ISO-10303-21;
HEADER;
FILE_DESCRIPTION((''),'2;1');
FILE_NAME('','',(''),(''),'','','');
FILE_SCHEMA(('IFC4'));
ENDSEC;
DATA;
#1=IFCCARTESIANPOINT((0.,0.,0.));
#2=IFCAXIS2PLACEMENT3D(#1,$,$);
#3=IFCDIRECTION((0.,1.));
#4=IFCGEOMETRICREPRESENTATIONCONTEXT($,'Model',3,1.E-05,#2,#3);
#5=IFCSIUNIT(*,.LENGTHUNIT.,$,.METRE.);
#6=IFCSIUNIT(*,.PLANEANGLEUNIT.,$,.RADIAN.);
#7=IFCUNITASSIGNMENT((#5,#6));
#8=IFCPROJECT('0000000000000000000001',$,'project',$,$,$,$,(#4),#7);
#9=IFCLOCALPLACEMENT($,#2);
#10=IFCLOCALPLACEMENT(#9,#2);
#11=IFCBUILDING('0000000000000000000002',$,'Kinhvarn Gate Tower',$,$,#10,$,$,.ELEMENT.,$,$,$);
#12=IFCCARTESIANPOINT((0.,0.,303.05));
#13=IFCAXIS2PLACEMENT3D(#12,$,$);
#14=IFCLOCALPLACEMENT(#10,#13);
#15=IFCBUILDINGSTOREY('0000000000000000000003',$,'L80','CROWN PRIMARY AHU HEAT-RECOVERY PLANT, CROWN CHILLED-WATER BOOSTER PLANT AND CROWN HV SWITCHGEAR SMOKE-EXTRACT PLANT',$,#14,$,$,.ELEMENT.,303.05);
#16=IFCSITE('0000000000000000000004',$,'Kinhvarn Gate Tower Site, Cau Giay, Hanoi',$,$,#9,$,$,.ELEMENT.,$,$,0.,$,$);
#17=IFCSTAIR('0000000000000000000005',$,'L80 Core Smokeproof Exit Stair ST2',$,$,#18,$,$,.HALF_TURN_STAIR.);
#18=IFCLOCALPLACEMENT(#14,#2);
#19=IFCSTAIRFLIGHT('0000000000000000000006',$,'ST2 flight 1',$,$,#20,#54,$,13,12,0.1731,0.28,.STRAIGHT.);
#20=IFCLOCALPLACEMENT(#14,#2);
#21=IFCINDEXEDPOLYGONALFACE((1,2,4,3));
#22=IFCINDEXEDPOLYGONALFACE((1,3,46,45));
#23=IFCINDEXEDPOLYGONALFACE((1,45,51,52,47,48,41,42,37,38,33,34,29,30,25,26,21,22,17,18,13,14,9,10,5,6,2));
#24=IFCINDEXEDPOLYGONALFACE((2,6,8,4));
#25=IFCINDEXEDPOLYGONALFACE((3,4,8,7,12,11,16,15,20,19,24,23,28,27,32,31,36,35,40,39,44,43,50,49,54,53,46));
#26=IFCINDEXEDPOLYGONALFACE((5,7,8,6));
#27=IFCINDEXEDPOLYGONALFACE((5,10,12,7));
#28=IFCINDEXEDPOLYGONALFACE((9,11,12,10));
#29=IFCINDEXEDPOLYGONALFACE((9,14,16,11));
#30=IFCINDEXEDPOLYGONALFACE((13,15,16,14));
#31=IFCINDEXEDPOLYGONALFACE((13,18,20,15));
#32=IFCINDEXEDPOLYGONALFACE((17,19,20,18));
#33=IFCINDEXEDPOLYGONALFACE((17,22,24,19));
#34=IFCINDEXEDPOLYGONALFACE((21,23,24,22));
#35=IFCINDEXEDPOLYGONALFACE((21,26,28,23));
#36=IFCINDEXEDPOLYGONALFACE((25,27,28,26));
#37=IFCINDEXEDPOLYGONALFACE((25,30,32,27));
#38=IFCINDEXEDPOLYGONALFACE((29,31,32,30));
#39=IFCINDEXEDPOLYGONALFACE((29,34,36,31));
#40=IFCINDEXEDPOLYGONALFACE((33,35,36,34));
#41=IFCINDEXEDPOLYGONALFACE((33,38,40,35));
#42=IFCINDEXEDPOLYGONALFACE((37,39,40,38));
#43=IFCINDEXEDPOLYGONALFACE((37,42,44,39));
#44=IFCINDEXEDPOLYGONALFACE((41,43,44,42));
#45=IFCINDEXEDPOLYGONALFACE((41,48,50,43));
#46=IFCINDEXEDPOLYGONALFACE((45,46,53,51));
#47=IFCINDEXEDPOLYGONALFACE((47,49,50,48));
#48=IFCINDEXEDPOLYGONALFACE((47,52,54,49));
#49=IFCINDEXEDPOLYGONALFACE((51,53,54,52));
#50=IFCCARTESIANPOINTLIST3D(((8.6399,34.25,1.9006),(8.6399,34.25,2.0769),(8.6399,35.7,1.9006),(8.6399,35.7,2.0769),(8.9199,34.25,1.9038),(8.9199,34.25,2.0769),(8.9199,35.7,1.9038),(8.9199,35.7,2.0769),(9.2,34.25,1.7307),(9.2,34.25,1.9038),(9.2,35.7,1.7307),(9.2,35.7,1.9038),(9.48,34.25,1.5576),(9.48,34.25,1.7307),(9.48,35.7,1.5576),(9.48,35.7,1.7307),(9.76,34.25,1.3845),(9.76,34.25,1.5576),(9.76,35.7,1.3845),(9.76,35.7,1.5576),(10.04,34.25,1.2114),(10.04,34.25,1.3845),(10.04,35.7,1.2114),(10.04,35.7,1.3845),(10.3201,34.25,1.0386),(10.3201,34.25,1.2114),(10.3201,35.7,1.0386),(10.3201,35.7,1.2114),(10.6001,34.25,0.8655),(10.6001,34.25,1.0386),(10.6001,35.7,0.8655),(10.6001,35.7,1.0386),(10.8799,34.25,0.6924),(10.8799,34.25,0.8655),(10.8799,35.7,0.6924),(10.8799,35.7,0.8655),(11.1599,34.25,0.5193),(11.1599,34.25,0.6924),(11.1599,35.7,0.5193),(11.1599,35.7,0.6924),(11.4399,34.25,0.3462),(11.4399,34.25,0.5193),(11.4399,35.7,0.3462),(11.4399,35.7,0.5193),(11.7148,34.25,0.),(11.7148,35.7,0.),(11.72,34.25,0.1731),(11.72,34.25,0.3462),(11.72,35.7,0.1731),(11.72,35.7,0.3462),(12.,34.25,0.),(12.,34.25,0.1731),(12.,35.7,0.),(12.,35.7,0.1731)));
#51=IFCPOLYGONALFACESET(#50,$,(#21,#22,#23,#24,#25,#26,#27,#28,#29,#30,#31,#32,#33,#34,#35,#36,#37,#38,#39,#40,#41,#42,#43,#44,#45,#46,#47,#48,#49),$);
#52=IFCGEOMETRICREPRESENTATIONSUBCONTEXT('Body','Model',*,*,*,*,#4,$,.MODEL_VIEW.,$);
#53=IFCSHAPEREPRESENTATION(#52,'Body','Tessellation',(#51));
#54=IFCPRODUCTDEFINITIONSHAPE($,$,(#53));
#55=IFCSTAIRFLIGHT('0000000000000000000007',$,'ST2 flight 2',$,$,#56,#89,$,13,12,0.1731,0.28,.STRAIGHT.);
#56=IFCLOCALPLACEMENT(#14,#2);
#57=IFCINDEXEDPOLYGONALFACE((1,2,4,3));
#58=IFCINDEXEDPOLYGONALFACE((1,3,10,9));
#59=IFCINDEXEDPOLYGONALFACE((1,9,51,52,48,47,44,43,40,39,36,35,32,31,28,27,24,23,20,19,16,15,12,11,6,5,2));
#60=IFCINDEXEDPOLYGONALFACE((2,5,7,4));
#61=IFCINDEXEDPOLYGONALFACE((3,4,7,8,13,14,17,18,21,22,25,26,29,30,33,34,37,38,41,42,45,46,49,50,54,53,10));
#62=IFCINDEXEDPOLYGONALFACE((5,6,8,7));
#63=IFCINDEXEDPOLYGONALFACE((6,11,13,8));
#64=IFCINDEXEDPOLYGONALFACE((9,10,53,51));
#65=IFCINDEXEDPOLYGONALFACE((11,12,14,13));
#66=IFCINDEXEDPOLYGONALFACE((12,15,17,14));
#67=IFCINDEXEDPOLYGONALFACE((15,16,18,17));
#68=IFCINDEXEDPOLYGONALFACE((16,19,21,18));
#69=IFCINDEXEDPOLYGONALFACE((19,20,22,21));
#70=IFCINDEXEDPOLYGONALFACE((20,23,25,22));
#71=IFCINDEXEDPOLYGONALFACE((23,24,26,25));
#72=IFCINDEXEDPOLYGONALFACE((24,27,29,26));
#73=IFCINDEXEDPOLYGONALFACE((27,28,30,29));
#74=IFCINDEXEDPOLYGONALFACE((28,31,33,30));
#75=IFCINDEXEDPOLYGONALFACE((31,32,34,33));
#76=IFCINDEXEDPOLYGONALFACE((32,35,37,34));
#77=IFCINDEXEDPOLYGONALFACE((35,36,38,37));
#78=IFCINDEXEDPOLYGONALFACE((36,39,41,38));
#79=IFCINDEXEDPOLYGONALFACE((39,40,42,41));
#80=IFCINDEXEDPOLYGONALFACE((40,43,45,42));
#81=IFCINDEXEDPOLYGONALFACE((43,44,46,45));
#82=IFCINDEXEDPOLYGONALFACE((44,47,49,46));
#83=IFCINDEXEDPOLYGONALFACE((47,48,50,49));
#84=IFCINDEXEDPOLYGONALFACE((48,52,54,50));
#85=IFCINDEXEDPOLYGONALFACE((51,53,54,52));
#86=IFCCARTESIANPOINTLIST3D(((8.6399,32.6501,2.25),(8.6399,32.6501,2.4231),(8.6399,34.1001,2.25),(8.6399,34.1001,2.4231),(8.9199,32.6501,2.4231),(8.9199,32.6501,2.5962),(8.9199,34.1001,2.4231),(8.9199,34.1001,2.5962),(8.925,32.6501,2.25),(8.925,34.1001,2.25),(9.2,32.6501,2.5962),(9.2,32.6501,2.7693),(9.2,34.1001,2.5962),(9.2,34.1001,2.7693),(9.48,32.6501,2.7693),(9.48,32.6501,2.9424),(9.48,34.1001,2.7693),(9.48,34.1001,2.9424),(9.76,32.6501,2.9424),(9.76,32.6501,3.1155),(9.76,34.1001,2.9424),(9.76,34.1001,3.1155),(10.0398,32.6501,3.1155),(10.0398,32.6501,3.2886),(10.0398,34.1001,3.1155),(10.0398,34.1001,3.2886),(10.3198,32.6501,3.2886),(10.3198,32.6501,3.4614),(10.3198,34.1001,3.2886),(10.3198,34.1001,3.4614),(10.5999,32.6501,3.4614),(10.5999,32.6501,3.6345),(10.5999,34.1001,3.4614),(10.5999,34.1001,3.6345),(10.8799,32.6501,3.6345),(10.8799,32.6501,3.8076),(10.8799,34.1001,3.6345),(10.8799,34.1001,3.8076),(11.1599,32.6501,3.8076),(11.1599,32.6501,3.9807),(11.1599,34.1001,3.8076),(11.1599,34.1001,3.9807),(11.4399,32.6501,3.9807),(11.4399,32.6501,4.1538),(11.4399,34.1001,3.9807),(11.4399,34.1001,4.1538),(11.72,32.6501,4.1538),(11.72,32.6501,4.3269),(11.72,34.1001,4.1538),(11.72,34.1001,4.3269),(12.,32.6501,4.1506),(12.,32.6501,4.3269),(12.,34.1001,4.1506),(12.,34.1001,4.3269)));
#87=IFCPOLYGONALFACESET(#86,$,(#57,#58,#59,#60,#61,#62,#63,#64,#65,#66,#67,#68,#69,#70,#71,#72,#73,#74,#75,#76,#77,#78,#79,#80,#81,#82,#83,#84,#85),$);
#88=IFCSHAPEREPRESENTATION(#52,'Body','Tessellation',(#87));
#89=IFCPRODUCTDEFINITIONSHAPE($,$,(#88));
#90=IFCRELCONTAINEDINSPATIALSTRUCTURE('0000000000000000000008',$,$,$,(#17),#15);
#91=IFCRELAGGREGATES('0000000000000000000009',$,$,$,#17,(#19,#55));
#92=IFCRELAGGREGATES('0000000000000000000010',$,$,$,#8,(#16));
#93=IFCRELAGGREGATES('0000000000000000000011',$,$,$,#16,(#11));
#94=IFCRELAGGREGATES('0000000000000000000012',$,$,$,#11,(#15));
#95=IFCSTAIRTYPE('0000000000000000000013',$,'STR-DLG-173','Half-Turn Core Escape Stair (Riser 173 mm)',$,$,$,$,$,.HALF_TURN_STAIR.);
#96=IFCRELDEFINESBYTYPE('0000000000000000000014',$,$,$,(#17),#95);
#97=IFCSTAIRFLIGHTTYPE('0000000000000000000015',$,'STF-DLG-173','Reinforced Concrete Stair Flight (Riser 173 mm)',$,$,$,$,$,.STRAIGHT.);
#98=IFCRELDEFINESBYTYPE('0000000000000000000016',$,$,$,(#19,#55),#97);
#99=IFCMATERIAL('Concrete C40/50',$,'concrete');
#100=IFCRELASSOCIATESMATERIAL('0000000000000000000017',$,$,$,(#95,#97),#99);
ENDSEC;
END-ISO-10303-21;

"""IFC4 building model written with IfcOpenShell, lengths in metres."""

from ifc_helpers import new_model, si_unit, direction, frame, origin, place, context, subcontext, project, spatial, polyline, outline, extrude, material, type_object, element, aggregate, save


model = new_model("IFC4")

# Units and contexts
model_context = context("Model", 3, precision=1e-05, world=origin(), true_north=direction((0.0, 1.0)))
body_context = subcontext(model_context, "Body", "Model", "MODEL_VIEW")
ifc_project = project(units=[si_unit("LENGTHUNIT", "METRE"), si_unit("PLANEANGLEUNIT", "RADIAN")], contexts=[model_context])

# Site, building, storey
site_placement = place(None, origin())
site = spatial("IfcSite", under=ifc_project, at=site_placement, Name="Kinhvarn Gate Tower Site, Cau Giay, Hanoi", CompositionType="ELEMENT", RefElevation=0.0)
building_placement = place(site_placement, origin())
building = spatial("IfcBuilding", under=site, at=building_placement, Name="Kinhvarn Gate Tower", CompositionType="ELEMENT")
storey_placement = place(building_placement, frame((0.0, 0.0, 303.05)))
storey = spatial("IfcBuildingStorey", under=building, at=storey_placement, Name="L80", Description="CROWN PRIMARY AHU HEAT-RECOVERY PLANT, CROWN CHILLED-WATER BOOSTER PLANT AND CROWN HV SWITCHGEAR SMOKE-EXTRACT PLANT", CompositionType="ELEMENT", Elevation=303.05)

# Shared definitions
ifc_material_1 = material(Name="Concrete C40/50", Category="concrete")

# Stair, stair flights
stair_type = type_object("IfcStairType", Name="STR-DLG-173", Description="Half-Turn Core Escape Stair (Riser 173 mm)", PredefinedType="HALF_TURN_STAIR", material=ifc_material_1)
stair_placement = place(storey_placement, origin())
stair = element("IfcStair", 1, at=stair_placement, inside=storey, type_object=stair_type, Name="L80 Core Smokeproof Exit Stair ST2", PredefinedType="HALF_TURN_STAIR")
stair_flight_type = type_object("IfcStairFlightType", Name="STF-DLG-173", Description="Reinforced Concrete Stair Flight (Riser 173 mm)", PredefinedType="STRAIGHT", material=ifc_material_1)
stair_flight_1_placement = place(storey_placement, frame((12.0, 34.9751, 0.0), z_axis=(0.0, 0.0, 1.0), x_axis=(-1.0, 0.0, 0.0)))
stair_flight_1 = element("IfcStairFlight", 2, at=stair_flight_1_placement, type_object=stair_flight_type, Name="ST2 flight 1", NumberOfRisers=13, NumberOfTreads=12, PredefinedType="STRAIGHT", RiserHeight=0.1731, TreadLength=0.28, context=body_context, shape_type="SweptSolid", body=[
    extrude(outline(polyline([(0.0, 0.0), (0.0, 0.1731), (0.28, 0.1731), (0.28, 0.3462), (0.5601, 0.3462), (0.5601, 0.5193), (0.8401, 0.5193), (0.8401, 0.6924), (1.1201, 0.6924), (1.1201, 0.8655), (1.3999, 0.8655), (1.3999, 1.0386), (1.6799, 1.0386), (1.6799, 1.2114), (1.96, 1.2114), (1.96, 1.3845), (2.24, 1.3845), (2.24, 1.5576), (2.52, 1.5576), (2.52, 1.7307), (2.8, 1.7307), (2.8, 1.9038), (3.0801, 1.9038), (3.0801, 2.0769), (3.3601, 2.0769), (3.3601, 2.25), (3.3601, 1.9006), (0.2852, 0.0), (0.0, 0.0)])), frame((0.0, 0.7251, 0.0), z_axis=(0.0, -1.0, 0.0), x_axis=(1.0, 0.0, 0.0)), (0.0, 0.0, 1.0), 1.45),
])
stair_flight_2_placement = place(storey_placement, frame((8.6399, 33.375, 2.25), z_axis=(0.0, 0.0, 1.0), x_axis=(1.0, 0.0, 0.0)))
stair_flight_2 = element("IfcStairFlight", 3, at=stair_flight_2_placement, type_object=stair_flight_type, Name="ST2 flight 2", NumberOfRisers=13, NumberOfTreads=12, PredefinedType="STRAIGHT", RiserHeight=0.1731, TreadLength=0.28, context=body_context, shape_type="SweptSolid", body=[
    extrude(outline(polyline([(0.0, 0.0), (0.0, 0.1731), (0.28, 0.1731), (0.28, 0.3462), (0.5601, 0.3462), (0.5601, 0.5193), (0.8401, 0.5193), (0.8401, 0.6924), (1.1201, 0.6924), (1.1201, 0.8655), (1.3999, 0.8655), (1.3999, 1.0386), (1.6799, 1.0386), (1.6799, 1.2114), (1.96, 1.2114), (1.96, 1.3845), (2.24, 1.3845), (2.24, 1.5576), (2.52, 1.5576), (2.52, 1.7307), (2.8, 1.7307), (2.8, 1.9038), (3.0801, 1.9038), (3.0801, 2.0769), (3.3601, 2.0769), (3.3601, 2.25), (3.3601, 1.9006), (0.2852, 0.0), (0.0, 0.0)])), frame((0.0, 0.7251, 0.0), z_axis=(0.0, -1.0, 0.0), x_axis=(1.0, 0.0, 0.0)), (0.0, 0.0, 1.0), 1.45),
])
aggregate(stair, [stair_flight_1, stair_flight_2])

save(model, "model.ifc")
